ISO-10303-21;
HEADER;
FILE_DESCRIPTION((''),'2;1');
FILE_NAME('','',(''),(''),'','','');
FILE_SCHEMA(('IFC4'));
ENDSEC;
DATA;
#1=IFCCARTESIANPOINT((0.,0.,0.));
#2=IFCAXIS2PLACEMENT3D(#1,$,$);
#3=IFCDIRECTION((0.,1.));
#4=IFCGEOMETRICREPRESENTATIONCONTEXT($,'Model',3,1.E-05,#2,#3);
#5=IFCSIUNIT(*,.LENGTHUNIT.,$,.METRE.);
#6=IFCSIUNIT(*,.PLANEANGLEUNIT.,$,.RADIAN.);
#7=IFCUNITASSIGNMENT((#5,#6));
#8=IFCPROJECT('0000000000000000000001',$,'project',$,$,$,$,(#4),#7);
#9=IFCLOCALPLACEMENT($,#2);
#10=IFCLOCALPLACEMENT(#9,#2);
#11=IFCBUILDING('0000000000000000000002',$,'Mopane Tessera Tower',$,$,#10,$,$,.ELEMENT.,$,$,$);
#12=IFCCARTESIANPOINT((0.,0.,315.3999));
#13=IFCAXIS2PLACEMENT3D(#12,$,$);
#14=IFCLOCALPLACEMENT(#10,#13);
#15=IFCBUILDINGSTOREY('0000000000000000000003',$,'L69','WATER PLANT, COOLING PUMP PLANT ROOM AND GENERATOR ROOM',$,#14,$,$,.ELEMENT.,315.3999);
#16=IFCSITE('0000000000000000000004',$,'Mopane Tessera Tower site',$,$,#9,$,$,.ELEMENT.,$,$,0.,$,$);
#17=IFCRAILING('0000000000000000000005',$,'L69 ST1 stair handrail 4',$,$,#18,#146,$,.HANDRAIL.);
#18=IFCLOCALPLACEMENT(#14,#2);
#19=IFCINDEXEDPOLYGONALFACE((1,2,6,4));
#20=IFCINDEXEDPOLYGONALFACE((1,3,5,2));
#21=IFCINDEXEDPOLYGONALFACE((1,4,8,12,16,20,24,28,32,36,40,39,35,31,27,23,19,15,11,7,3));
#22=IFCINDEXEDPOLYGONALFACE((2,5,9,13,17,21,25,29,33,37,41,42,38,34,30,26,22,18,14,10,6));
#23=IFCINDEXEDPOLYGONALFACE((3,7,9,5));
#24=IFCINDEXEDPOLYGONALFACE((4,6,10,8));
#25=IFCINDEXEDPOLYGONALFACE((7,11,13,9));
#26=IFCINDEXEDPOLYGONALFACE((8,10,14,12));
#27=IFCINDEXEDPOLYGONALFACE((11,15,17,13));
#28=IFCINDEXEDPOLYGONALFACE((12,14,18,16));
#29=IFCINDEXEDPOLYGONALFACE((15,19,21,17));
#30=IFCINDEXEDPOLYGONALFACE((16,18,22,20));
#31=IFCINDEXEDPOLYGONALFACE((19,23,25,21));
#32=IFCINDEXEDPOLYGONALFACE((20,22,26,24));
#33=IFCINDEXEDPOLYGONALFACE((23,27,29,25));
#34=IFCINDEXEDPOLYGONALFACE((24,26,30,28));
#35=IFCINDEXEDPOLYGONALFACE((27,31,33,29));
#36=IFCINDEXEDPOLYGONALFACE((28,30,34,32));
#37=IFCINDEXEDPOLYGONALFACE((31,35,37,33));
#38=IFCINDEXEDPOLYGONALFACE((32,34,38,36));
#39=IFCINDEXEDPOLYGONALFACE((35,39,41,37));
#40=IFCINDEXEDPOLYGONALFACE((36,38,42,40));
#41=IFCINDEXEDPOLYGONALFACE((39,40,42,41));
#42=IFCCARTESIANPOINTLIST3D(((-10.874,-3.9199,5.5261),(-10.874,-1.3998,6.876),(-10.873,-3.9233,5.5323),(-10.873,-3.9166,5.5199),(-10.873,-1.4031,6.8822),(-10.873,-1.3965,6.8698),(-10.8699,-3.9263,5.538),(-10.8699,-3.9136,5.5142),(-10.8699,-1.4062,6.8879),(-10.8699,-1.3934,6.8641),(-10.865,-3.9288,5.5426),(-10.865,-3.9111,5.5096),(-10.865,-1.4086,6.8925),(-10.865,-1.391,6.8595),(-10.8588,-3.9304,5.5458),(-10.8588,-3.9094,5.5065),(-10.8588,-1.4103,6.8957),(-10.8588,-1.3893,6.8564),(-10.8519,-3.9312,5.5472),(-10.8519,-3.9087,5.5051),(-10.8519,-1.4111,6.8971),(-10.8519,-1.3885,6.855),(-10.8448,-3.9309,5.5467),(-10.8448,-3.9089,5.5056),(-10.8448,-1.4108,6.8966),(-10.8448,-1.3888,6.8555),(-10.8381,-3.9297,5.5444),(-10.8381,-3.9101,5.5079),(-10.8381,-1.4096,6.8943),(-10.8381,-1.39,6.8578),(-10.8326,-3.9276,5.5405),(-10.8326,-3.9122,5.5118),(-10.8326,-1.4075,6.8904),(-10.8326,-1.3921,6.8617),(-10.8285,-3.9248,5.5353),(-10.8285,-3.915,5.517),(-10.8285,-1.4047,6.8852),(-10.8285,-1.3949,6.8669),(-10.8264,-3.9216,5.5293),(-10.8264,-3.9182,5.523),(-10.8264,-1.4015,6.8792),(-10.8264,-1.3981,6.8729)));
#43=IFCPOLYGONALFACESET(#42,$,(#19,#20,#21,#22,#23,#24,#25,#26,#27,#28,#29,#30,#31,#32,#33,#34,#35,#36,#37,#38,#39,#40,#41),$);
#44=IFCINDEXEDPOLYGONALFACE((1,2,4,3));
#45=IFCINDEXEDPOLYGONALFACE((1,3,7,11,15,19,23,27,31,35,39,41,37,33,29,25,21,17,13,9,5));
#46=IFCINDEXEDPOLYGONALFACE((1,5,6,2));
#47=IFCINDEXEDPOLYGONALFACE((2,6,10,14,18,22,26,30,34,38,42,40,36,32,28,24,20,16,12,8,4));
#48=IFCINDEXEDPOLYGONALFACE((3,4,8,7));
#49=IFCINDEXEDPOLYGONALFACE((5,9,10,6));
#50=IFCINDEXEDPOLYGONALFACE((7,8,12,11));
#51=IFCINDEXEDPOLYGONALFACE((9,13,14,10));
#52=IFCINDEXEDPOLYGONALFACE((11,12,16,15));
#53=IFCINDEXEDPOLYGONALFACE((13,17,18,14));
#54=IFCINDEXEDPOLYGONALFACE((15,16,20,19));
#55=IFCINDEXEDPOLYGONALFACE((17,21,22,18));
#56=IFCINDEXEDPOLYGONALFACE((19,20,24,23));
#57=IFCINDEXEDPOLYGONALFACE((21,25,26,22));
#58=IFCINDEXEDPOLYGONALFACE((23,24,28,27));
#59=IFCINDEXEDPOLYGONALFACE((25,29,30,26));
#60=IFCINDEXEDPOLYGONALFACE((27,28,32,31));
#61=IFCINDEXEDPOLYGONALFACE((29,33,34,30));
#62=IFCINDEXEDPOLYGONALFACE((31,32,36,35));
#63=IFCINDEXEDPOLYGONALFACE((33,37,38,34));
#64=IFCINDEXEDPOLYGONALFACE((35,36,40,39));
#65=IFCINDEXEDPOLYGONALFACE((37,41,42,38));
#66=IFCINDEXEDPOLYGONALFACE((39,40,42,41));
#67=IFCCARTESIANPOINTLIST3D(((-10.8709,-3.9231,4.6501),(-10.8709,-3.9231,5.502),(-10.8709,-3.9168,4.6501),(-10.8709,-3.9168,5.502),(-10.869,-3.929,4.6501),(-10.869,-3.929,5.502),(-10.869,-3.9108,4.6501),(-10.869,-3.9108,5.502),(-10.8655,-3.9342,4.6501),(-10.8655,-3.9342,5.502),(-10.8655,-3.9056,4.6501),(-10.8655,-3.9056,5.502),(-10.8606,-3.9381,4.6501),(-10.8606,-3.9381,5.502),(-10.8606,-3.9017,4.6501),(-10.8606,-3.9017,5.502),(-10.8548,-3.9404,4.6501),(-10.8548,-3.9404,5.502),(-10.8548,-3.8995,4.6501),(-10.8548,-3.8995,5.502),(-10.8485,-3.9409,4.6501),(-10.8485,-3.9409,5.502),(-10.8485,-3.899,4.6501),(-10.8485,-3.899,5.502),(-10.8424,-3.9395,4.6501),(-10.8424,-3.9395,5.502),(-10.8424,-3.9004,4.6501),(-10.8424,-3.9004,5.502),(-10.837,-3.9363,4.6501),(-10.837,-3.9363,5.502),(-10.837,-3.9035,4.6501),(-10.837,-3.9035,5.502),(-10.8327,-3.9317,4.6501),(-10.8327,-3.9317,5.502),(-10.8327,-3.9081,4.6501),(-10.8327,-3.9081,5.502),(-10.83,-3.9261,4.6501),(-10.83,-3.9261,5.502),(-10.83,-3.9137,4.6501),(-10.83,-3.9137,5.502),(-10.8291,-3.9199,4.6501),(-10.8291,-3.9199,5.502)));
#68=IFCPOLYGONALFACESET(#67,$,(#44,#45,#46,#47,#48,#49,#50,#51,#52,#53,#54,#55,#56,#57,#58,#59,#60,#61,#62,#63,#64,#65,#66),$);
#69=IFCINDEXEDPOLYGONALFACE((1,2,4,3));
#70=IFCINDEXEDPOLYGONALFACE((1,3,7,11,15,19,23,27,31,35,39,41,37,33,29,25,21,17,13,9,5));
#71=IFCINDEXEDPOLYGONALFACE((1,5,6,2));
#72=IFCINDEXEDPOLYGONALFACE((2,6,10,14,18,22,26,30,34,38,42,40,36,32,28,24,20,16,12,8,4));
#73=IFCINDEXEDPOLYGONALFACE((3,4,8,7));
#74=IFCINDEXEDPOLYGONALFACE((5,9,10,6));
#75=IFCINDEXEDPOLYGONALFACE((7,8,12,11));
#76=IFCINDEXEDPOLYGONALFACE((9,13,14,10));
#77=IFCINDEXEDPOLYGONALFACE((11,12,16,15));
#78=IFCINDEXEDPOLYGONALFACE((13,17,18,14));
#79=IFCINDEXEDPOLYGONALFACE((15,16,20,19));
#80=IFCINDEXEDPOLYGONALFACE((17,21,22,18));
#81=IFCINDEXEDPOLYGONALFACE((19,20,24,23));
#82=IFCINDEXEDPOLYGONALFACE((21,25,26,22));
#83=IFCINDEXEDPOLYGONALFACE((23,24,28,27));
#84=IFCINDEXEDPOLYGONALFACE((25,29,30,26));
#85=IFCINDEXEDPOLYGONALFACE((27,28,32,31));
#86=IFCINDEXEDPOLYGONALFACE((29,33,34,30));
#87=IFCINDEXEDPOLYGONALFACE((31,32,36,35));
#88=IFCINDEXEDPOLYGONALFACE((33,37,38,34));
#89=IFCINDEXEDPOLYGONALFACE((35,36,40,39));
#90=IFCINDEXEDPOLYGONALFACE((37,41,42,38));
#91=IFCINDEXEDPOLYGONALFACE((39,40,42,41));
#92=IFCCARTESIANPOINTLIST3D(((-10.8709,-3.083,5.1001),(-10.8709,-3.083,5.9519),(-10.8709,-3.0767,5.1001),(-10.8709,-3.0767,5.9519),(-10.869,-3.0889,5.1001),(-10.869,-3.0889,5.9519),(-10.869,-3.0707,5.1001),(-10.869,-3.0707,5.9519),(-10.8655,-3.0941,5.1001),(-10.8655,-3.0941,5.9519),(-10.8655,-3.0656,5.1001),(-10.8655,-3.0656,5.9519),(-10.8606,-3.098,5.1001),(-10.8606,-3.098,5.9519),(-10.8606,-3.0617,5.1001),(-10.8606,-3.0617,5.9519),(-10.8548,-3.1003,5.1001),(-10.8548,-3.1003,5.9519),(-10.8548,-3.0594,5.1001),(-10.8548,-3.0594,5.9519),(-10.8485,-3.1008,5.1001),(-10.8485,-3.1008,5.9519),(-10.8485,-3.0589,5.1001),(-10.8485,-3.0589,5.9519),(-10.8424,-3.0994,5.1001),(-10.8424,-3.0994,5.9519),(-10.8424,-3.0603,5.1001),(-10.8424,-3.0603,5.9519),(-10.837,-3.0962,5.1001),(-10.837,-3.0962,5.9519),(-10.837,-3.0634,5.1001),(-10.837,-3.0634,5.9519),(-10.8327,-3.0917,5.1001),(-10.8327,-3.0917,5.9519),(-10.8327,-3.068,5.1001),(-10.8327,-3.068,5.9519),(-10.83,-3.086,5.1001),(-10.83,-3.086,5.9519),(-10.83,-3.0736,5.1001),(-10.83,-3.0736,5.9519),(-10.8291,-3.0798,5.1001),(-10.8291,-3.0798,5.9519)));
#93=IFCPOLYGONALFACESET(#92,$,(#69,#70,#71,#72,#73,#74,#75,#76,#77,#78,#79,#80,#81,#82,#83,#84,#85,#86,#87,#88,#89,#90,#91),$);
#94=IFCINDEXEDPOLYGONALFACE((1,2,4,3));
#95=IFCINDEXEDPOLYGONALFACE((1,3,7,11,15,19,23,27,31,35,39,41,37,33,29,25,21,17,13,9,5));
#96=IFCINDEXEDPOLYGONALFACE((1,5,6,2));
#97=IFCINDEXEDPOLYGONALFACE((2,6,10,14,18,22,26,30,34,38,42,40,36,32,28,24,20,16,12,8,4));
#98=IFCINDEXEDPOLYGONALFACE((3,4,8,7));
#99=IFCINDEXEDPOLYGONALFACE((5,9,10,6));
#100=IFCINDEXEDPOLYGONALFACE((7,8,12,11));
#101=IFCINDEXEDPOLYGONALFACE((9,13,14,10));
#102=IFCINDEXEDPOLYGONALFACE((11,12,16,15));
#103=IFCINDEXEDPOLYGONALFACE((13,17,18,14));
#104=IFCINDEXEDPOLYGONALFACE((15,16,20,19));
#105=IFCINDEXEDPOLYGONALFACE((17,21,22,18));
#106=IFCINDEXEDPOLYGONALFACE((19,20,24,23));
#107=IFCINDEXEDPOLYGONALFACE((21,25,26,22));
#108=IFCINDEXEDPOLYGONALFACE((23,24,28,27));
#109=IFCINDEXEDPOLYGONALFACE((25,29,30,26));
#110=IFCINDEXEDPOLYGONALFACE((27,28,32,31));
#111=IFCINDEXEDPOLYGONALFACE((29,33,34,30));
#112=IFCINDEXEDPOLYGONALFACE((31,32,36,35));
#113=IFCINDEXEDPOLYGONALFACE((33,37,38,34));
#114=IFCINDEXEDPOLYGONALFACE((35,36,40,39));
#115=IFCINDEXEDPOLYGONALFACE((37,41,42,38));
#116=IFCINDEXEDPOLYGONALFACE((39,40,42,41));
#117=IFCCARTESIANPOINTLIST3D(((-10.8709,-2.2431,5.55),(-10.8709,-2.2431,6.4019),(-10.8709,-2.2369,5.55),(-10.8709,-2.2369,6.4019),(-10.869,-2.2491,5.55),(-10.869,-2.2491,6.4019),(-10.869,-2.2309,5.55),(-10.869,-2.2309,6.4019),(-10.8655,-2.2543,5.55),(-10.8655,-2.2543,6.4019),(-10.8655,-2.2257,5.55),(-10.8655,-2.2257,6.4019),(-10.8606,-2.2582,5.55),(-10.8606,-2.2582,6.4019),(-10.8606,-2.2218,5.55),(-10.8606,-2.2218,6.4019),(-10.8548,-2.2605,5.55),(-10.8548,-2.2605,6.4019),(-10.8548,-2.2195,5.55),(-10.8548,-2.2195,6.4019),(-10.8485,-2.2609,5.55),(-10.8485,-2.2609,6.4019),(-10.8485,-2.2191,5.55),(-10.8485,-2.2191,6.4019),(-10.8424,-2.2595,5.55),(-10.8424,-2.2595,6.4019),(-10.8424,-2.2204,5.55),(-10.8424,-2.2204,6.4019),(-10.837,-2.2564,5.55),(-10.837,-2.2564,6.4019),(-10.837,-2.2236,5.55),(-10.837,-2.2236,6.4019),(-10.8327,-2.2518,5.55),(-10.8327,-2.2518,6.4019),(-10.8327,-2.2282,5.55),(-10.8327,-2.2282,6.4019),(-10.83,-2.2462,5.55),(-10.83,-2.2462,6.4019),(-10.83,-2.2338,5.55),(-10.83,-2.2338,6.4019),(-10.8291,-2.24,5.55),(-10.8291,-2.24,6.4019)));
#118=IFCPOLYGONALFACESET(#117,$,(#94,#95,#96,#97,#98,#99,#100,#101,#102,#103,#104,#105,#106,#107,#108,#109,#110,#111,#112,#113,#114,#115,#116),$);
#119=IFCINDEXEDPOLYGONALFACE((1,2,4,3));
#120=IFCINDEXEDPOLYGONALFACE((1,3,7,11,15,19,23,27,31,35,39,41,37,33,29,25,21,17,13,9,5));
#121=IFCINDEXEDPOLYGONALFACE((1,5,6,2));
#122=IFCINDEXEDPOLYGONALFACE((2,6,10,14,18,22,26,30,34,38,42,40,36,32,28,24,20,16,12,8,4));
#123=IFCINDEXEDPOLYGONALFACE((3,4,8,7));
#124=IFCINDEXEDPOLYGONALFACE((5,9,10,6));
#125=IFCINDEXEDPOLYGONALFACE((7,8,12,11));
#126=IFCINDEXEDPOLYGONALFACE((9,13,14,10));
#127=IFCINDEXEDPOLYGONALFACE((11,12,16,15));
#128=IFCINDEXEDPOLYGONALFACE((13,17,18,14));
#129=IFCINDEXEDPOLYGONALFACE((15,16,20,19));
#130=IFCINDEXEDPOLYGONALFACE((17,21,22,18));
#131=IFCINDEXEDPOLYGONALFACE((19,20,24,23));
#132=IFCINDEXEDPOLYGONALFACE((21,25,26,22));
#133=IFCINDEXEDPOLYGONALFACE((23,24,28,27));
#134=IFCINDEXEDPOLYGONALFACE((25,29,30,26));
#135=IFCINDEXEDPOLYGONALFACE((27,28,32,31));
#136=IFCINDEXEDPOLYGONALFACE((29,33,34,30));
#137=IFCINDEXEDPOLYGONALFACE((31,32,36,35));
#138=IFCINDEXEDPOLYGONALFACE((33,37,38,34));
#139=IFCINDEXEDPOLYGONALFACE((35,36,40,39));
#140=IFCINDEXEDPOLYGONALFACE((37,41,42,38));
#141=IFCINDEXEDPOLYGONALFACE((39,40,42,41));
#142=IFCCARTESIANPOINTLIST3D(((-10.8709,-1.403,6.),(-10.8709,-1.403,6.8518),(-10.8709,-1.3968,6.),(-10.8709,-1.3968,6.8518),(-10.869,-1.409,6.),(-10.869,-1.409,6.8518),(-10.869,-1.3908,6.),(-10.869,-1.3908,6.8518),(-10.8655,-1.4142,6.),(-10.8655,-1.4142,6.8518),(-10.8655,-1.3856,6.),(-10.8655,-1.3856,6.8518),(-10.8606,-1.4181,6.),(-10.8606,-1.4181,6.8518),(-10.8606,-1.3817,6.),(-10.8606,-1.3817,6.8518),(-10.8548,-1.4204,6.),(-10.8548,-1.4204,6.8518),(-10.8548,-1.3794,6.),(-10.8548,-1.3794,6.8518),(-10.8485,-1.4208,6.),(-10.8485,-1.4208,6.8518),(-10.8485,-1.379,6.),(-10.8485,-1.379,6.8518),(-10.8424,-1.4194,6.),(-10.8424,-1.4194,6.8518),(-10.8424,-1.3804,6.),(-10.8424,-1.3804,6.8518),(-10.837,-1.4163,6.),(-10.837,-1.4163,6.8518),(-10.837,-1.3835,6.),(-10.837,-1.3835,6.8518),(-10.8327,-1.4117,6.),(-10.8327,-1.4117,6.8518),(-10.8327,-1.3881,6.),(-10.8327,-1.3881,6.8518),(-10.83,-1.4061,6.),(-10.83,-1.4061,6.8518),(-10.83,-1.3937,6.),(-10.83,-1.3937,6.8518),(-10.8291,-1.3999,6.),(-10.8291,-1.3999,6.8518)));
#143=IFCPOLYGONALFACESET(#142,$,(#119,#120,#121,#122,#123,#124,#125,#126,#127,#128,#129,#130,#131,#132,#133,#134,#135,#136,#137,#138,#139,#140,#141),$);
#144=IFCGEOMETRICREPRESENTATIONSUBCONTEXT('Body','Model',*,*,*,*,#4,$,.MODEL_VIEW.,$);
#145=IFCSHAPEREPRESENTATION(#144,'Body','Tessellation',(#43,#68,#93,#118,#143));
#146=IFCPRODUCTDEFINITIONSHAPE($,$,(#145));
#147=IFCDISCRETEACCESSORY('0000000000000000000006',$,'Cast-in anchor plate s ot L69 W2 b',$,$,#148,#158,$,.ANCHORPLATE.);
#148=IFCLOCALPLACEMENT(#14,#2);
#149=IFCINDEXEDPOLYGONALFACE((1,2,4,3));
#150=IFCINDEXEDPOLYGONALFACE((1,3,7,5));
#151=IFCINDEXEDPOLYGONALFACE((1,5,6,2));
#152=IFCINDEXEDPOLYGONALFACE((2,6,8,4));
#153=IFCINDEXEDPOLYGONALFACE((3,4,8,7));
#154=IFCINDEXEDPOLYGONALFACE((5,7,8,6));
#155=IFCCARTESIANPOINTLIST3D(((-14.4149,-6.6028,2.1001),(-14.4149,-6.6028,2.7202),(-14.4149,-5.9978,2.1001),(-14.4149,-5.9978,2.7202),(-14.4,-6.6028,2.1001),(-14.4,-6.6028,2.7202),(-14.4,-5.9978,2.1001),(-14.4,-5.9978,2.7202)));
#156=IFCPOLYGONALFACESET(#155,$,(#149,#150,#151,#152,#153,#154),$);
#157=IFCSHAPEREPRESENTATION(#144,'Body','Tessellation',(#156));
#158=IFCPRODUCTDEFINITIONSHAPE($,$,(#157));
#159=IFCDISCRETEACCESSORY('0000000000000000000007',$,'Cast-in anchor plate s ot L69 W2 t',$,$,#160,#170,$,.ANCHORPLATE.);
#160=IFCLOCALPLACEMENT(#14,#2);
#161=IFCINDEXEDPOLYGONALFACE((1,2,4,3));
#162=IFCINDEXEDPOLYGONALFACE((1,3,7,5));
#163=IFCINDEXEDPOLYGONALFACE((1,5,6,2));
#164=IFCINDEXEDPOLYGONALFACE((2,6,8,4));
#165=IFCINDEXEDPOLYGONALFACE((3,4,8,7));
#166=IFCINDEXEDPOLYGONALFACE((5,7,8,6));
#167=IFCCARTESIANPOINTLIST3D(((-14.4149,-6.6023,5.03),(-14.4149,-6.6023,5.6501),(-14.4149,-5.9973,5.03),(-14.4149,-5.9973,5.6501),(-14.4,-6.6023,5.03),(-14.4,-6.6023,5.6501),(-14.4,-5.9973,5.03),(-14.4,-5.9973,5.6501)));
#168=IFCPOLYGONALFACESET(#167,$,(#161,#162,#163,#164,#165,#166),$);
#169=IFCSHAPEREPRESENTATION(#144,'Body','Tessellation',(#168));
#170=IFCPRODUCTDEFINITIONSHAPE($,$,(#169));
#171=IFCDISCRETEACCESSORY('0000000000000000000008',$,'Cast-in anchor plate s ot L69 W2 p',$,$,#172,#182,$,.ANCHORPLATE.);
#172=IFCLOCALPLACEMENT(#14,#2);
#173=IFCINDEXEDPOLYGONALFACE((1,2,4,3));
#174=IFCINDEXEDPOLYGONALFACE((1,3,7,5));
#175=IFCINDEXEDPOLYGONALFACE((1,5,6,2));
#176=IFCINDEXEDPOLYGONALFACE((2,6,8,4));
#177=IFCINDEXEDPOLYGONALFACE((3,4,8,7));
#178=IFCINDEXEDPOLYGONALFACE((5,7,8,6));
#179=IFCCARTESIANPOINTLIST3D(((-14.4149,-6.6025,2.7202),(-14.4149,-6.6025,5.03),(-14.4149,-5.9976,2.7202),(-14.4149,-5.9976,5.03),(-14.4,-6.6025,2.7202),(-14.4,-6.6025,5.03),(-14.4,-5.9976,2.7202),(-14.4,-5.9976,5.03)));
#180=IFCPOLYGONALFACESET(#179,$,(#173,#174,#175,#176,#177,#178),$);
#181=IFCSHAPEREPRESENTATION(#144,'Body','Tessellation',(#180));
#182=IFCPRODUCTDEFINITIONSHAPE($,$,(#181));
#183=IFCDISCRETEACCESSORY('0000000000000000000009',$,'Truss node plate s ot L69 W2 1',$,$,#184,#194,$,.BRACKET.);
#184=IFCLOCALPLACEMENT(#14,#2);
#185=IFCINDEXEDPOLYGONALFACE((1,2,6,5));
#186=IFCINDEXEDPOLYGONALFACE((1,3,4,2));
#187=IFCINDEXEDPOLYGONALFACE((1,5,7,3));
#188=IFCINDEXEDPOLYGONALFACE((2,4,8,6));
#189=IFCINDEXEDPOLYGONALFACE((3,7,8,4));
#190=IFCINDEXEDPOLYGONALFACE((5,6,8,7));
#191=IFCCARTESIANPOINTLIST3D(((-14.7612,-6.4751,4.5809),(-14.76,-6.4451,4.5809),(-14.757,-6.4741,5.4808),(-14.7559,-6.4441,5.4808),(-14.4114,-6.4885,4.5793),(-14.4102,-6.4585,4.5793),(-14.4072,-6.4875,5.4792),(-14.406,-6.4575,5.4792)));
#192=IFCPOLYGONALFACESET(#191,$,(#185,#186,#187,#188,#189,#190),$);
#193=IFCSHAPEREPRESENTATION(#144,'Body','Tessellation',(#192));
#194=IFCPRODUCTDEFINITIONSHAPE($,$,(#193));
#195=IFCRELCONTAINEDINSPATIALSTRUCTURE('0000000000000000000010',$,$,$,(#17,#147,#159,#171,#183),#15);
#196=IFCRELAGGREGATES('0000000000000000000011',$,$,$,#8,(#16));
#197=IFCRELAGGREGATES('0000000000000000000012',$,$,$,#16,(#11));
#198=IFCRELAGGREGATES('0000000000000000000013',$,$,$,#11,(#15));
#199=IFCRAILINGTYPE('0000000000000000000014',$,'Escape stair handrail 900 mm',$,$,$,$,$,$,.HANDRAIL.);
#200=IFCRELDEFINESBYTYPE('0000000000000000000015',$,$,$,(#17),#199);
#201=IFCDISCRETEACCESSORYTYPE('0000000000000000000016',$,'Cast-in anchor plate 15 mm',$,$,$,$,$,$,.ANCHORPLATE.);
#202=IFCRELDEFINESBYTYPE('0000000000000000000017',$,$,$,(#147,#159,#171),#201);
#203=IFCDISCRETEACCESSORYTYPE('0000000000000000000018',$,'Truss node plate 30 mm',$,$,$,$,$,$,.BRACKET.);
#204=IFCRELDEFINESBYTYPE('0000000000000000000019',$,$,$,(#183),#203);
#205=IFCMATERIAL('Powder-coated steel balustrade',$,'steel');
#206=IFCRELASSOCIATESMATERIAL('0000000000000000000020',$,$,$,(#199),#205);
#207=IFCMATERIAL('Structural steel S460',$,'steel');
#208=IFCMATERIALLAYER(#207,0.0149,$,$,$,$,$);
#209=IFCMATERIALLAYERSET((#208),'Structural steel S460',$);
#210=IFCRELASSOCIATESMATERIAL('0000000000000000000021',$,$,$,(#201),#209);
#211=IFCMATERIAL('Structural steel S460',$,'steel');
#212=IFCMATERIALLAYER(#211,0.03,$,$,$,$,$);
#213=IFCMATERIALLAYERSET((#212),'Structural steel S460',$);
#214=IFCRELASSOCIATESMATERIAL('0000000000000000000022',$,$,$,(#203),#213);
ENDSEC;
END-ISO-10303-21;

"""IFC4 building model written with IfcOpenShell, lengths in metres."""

from ifc_helpers import new_model, si_unit, direction, frame, origin, origin_2d, place, context, subcontext, project, spatial, rectangle, circle, extrude, material, layer, layer_set, type_object, element, save


model = new_model("IFC4")

# Units and contexts
model_context = context("Model", 3, precision=1e-05, world=origin(), true_north=direction((0.0, 1.0)))
body_context = subcontext(model_context, "Body", "Model", "MODEL_VIEW")
ifc_project = project(units=[si_unit("LENGTHUNIT", "METRE"), si_unit("PLANEANGLEUNIT", "RADIAN")], contexts=[model_context])

# Site, building, storey
site_placement = place(None, origin())
site = spatial("IfcSite", under=ifc_project, at=site_placement, Name="Mopane Tessera Tower site", CompositionType="ELEMENT", RefElevation=0.0)
building_placement = place(site_placement, origin())
building = spatial("IfcBuilding", under=site, at=building_placement, Name="Mopane Tessera Tower", CompositionType="ELEMENT")
storey_placement = place(building_placement, frame((0.0, 0.0, 315.3999)))
storey = spatial("IfcBuildingStorey", under=building, at=storey_placement, Name="L69", Description="WATER PLANT, COOLING PUMP PLANT ROOM AND GENERATOR ROOM", CompositionType="ELEMENT", Elevation=315.3999)

# Railing
ifc_material_1 = material(Name="Powder-coated steel balustrade", Category="steel")
railing_type_1 = type_object("IfcRailingType", Name="Escape stair handrail 900 mm", PredefinedType="HANDRAIL", material=ifc_material_1)
railing_1_placement = place(storey_placement, frame((-10.8501, -3.9199, 4.6501)))
element("IfcRailing", 1, at=railing_1_placement, inside=storey, type_object=railing_type_1, Name="L69 ST1 stair handrail 4", PredefinedType="HANDRAIL", context=body_context, shape_type="SweptSolid", body=[
    extrude(circle(Radius=0.0239, at=origin_2d()), frame((0.0, 0.0, 0.876), z_axis=(0.0, 0.881503, 0.472179), x_axis=(-1.0, 0.0, 0.0)), (0.0, 0.0, 1.0), 2.8589),
    extrude(circle(Radius=0.021, at=origin_2d()), origin(), (0.0, 0.0, 1.0), 0.8518),
    extrude(circle(Radius=0.021, at=origin_2d()), frame((0.0, 0.8401, 0.45)), (0.0, 0.0, 1.0), 0.8518),
    extrude(circle(Radius=0.021, at=origin_2d()), frame((0.0, 1.6799, 0.8999)), (0.0, 0.0, 1.0), 0.8518),
    extrude(circle(Radius=0.021, at=origin_2d()), frame((0.0, 2.52, 1.3499)), (0.0, 0.0, 1.0), 0.8518),
])

# Discrete accessories
ifc_material_2 = material(Name="Structural steel S460", Category="steel")
ifc_layer_1 = layer(ifc_material_2, 0.0149)
ifc_layer_set_1 = layer_set([ifc_layer_1], Name="Structural steel S460")
discrete_accessory_type_1 = type_object("IfcDiscreteAccessoryType", Name="Cast-in anchor plate 15 mm", PredefinedType="ANCHORPLATE", material=ifc_layer_set_1)
for number, where, z_axis, x_axis, name in (
    (2, (-14.4075, -6.3003, 2.1001), (0.0, 0.0, 1.0), (-1.0, 0.0, 0.0), "Cast-in anchor plate s ot L69 W2 b"),
    (3, (-14.4075, -6.2998, 5.03), (0.0, 0.0, 1.0), (-1.0, 0.0, 0.0), "Cast-in anchor plate s ot L69 W2 t"),
):
    element("IfcDiscreteAccessory", number, at=place(storey_placement, frame(where, z_axis=z_axis, x_axis=x_axis)), inside=storey, type_object=discrete_accessory_type_1, Name=name, PredefinedType="ANCHORPLATE", context=body_context, shape_type="SweptSolid", body=[
        extrude(rectangle(XDim=0.0149, YDim=0.605, at=origin_2d()), origin(), (0.0, 0.0, 1.0), 0.6201),
    ])
discrete_accessory_1_placement = place(storey_placement, frame((-14.4075, -6.3, 2.7202), z_axis=(0.0, 0.0, 1.0), x_axis=(-1.0, 0.0, 0.0)))
element("IfcDiscreteAccessory", 4, at=discrete_accessory_1_placement, inside=storey, type_object=discrete_accessory_type_1, Name="Cast-in anchor plate s ot L69 W2 p", PredefinedType="ANCHORPLATE", context=body_context, shape_type="SweptSolid", body=[
    extrude(rectangle(XDim=0.0149, YDim=0.605, at=origin_2d()), origin(), (0.0, 0.0, 1.0), 2.3098),
])
ifc_material_3 = material(Name="Structural steel S460", Category="steel")
ifc_layer_2 = layer(ifc_material_3, 0.03)
ifc_layer_set_2 = layer_set([ifc_layer_2], Name="Structural steel S460")
discrete_accessory_type_2 = type_object("IfcDiscreteAccessoryType", Name="Truss node plate 30 mm", PredefinedType="BRACKET", material=ifc_layer_set_2)
discrete_accessory_2_placement = place(storey_placement, frame((-14.5857, -6.4668, 4.5801), z_axis=(0.004612, 0.001085, 0.999989), x_axis=(-0.038361, -0.999263, 0.001261)))
element("IfcDiscreteAccessory", 5, at=discrete_accessory_2_placement, inside=storey, type_object=discrete_accessory_type_2, Name="Truss node plate s ot L69 W2 1", PredefinedType="BRACKET", context=body_context, shape_type="SweptSolid", body=[
    extrude(rectangle(XDim=0.03, YDim=0.3501, at=origin_2d()), origin(), (0.0, 0.0, 1.0), 0.8999),
])

save(model, "model.ifc")
